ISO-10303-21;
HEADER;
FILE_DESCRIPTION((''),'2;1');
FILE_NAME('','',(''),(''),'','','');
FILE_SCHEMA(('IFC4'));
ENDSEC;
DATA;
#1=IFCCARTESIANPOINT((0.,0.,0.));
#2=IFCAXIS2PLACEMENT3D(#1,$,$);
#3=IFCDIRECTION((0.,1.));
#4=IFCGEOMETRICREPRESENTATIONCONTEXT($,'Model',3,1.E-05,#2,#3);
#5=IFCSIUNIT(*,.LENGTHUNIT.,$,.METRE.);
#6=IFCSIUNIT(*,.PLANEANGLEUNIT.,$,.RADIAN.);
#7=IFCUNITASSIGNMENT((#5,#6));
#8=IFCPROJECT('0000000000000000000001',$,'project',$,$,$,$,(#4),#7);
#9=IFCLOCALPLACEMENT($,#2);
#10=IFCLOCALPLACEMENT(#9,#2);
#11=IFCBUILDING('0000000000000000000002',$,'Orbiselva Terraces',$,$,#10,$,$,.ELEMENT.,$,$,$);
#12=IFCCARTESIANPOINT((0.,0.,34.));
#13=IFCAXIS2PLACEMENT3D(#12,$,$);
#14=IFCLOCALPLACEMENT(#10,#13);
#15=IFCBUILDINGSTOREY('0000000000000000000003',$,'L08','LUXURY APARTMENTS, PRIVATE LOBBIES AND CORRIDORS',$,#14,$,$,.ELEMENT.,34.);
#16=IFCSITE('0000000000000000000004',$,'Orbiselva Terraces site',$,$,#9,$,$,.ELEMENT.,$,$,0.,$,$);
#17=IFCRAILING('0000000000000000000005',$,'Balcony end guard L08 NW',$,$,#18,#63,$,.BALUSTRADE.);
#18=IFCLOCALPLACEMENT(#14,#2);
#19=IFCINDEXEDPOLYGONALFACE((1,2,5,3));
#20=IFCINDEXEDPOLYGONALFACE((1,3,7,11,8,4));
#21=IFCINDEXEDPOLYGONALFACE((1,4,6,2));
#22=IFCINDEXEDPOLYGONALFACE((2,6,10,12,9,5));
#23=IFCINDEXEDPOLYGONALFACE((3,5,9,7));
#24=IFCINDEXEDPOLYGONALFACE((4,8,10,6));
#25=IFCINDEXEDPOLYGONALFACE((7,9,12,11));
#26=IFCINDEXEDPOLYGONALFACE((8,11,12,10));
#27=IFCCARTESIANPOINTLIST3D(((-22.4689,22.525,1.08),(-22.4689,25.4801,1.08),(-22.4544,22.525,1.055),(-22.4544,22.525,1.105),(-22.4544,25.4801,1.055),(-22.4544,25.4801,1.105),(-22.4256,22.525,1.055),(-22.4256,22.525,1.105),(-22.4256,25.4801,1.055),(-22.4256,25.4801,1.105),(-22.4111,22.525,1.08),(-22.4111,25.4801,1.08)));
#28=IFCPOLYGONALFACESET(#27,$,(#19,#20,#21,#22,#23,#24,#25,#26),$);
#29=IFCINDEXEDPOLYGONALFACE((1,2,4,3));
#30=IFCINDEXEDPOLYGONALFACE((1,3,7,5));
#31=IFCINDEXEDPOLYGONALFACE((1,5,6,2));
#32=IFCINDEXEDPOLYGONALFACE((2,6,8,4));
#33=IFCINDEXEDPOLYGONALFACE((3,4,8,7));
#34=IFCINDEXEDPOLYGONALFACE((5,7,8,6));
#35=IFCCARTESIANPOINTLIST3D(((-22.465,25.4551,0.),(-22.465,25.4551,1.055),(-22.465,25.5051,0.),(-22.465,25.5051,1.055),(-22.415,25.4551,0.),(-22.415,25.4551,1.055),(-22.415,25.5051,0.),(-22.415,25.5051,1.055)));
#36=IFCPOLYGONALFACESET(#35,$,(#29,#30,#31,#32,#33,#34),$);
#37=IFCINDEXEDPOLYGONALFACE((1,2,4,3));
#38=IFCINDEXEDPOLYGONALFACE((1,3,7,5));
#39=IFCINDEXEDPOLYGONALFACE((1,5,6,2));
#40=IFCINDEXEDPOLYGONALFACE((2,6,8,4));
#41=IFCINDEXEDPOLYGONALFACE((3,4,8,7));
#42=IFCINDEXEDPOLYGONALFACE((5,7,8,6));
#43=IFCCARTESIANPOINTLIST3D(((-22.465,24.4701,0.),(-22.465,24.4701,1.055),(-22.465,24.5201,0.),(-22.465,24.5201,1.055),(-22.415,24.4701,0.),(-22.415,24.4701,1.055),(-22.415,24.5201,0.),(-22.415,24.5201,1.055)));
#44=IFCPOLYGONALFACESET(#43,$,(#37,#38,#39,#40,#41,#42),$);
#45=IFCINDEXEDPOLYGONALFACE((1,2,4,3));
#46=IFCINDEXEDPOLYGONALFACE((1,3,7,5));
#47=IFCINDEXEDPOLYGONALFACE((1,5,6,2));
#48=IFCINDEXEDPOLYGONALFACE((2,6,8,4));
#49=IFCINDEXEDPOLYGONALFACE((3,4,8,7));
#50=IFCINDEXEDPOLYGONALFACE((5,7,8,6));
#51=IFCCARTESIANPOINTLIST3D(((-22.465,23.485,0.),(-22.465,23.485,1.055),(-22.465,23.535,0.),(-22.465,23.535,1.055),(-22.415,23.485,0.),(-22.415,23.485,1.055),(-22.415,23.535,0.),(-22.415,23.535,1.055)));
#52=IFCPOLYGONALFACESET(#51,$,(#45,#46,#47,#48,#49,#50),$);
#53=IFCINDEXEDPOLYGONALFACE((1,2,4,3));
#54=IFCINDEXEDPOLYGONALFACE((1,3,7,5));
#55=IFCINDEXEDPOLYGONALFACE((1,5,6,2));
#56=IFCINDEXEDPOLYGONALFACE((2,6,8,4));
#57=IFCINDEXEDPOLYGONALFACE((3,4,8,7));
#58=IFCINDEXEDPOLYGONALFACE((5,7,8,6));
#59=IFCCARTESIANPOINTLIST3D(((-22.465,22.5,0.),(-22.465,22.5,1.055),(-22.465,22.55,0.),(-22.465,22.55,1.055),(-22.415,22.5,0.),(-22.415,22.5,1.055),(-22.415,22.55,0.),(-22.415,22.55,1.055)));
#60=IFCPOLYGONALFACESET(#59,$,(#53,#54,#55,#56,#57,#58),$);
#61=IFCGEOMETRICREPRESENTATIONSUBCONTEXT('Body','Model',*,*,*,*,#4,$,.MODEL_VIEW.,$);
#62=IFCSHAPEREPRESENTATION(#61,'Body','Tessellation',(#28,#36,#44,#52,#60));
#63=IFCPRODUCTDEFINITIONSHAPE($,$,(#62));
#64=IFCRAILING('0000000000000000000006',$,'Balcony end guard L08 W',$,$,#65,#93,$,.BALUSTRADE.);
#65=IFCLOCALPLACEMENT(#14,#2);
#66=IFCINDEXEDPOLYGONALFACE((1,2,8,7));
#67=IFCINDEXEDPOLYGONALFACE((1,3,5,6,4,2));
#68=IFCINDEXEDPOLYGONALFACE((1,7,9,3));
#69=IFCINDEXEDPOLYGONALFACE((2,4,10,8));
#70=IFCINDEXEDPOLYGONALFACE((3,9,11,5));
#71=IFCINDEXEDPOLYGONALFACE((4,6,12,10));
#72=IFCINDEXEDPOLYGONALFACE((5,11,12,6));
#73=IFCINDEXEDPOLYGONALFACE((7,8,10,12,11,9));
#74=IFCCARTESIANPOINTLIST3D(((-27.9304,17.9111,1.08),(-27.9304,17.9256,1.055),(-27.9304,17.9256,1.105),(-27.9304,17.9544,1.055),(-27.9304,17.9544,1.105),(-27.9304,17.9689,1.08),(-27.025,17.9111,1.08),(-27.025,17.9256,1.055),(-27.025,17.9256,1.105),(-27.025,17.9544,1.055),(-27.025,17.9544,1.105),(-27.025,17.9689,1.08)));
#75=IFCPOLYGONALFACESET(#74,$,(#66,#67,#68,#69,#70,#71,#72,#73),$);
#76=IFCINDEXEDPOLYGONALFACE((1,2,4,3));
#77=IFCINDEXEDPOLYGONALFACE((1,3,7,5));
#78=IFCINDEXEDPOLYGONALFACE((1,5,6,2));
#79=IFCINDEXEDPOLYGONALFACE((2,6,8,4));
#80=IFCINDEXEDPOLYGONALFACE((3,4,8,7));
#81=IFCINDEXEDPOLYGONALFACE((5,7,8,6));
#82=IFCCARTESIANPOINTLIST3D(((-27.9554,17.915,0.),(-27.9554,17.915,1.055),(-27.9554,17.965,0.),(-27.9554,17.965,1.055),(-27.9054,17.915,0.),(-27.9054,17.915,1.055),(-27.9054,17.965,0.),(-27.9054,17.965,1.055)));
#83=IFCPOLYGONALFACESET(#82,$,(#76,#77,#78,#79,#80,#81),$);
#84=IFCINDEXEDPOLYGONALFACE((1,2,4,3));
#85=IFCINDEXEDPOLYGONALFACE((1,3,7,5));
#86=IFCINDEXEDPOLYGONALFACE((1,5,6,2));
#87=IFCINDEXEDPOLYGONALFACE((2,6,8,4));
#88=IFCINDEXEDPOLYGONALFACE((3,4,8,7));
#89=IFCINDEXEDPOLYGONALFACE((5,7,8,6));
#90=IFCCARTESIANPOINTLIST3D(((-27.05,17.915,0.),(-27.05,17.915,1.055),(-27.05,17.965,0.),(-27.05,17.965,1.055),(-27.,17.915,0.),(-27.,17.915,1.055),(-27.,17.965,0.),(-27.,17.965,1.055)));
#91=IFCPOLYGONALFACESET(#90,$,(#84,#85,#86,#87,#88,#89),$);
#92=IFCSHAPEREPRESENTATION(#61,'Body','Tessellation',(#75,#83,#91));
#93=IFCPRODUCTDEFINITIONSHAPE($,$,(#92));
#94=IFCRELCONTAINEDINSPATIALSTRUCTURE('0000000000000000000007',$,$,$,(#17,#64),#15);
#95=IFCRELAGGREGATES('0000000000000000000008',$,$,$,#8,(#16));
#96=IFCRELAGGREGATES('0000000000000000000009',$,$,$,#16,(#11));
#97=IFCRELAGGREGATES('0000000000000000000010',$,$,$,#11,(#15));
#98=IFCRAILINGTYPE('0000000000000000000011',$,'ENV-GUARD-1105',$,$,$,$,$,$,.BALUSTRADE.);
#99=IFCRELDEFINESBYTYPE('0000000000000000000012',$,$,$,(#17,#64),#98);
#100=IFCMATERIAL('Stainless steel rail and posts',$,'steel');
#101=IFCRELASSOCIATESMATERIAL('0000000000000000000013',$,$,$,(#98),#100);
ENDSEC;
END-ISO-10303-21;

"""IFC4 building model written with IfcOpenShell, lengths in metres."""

from ifc_helpers import new_model, si_unit, direction, frame, origin, origin_2d, place, context, subcontext, project, spatial, polyline, rectangle, outline, extrude, material, type_object, element, save


model = new_model("IFC4")

# Units and contexts
model_context = context("Model", 3, precision=1e-05, world=origin(), true_north=direction((0.0, 1.0)))
body_context = subcontext(model_context, "Body", "Model", "MODEL_VIEW")
ifc_project = project(units=[si_unit("LENGTHUNIT", "METRE"), si_unit("PLANEANGLEUNIT", "RADIAN")], contexts=[model_context])

# Site, building, storey
site_placement = place(None, origin())
site = spatial("IfcSite", under=ifc_project, at=site_placement, Name="Orbiselva Terraces site", CompositionType="ELEMENT", RefElevation=0.0)
building_placement = place(site_placement, origin())
building = spatial("IfcBuilding", under=site, at=building_placement, Name="Orbiselva Terraces", CompositionType="ELEMENT")
storey_placement = place(building_placement, frame((0.0, 0.0, 34.0)))
storey = spatial("IfcBuildingStorey", under=building, at=storey_placement, Name="L08", Description="LUXURY APARTMENTS, PRIVATE LOBBIES AND CORRIDORS", CompositionType="ELEMENT", Elevation=34.0)

# Railings
ifc_material_1 = material(Name="Stainless steel rail and posts", Category="steel")
railing_type_1 = type_object("IfcRailingType", Name="ENV-GUARD-1105", PredefinedType="BALUSTRADE", material=ifc_material_1)
railing_1_placement = place(storey_placement, frame((-22.44, 25.4801, 0.0)))
element("IfcRailing", 1, at=railing_1_placement, inside=storey, type_object=railing_type_1, Name="Balcony end guard L08 NW", PredefinedType="BALUSTRADE", context=body_context, shape_type="SweptSolid", body=[
    extrude(outline(polyline([(0.0289, 0.0), (0.0144, 0.025), (-0.0144, 0.025), (-0.0289, 0.0), (-0.0144, -0.025), (0.0144, -0.025), (0.0289, 0.0)])), frame((0.0, 0.0, 1.08), z_axis=(0.0, -1.0, 0.0), x_axis=(1.0, 0.0, 0.0)), (0.0, 0.0, 1.0), 2.9551),
    extrude(rectangle(XDim=0.05, YDim=0.05, at=origin_2d()), origin(), (0.0, 0.0, 1.0), 1.055),
    extrude(rectangle(XDim=0.05, YDim=0.05, at=origin_2d()), frame((0.0, -0.985, 0.0)), (0.0, 0.0, 1.0), 1.055),
    extrude(rectangle(XDim=0.05, YDim=0.05, at=origin_2d()), frame((0.0, -1.9701, 0.0)), (0.0, 0.0, 1.0), 1.055),
    extrude(rectangle(XDim=0.05, YDim=0.05, at=origin_2d()), frame((0.0, -2.9551, 0.0)), (0.0, 0.0, 1.0), 1.055),
])
railing_2_placement = place(storey_placement, frame((-27.9304, 17.94, 0.0)))
element("IfcRailing", 2, at=railing_2_placement, inside=storey, type_object=railing_type_1, Name="Balcony end guard L08 W", PredefinedType="BALUSTRADE", context=body_context, shape_type="SweptSolid", body=[
    extrude(outline(polyline([(0.0289, 0.0), (0.0144, 0.025), (-0.0144, 0.025), (-0.0289, 0.0), (-0.0144, -0.025), (0.0144, -0.025), (0.0289, 0.0)])), frame((0.0, 0.0, 1.08), z_axis=(1.0, 0.0, 0.0), x_axis=(0.0, 1.0, 0.0)), (0.0, 0.0, 1.0), 0.9054),
    extrude(rectangle(XDim=0.05, YDim=0.05, at=origin_2d()), origin(), (0.0, 0.0, 1.0), 1.055),
    extrude(rectangle(XDim=0.05, YDim=0.05, at=origin_2d()), frame((0.9054, 0.0, 0.0)), (0.0, 0.0, 1.0), 1.055),
])

save(model, "model.ifc")
